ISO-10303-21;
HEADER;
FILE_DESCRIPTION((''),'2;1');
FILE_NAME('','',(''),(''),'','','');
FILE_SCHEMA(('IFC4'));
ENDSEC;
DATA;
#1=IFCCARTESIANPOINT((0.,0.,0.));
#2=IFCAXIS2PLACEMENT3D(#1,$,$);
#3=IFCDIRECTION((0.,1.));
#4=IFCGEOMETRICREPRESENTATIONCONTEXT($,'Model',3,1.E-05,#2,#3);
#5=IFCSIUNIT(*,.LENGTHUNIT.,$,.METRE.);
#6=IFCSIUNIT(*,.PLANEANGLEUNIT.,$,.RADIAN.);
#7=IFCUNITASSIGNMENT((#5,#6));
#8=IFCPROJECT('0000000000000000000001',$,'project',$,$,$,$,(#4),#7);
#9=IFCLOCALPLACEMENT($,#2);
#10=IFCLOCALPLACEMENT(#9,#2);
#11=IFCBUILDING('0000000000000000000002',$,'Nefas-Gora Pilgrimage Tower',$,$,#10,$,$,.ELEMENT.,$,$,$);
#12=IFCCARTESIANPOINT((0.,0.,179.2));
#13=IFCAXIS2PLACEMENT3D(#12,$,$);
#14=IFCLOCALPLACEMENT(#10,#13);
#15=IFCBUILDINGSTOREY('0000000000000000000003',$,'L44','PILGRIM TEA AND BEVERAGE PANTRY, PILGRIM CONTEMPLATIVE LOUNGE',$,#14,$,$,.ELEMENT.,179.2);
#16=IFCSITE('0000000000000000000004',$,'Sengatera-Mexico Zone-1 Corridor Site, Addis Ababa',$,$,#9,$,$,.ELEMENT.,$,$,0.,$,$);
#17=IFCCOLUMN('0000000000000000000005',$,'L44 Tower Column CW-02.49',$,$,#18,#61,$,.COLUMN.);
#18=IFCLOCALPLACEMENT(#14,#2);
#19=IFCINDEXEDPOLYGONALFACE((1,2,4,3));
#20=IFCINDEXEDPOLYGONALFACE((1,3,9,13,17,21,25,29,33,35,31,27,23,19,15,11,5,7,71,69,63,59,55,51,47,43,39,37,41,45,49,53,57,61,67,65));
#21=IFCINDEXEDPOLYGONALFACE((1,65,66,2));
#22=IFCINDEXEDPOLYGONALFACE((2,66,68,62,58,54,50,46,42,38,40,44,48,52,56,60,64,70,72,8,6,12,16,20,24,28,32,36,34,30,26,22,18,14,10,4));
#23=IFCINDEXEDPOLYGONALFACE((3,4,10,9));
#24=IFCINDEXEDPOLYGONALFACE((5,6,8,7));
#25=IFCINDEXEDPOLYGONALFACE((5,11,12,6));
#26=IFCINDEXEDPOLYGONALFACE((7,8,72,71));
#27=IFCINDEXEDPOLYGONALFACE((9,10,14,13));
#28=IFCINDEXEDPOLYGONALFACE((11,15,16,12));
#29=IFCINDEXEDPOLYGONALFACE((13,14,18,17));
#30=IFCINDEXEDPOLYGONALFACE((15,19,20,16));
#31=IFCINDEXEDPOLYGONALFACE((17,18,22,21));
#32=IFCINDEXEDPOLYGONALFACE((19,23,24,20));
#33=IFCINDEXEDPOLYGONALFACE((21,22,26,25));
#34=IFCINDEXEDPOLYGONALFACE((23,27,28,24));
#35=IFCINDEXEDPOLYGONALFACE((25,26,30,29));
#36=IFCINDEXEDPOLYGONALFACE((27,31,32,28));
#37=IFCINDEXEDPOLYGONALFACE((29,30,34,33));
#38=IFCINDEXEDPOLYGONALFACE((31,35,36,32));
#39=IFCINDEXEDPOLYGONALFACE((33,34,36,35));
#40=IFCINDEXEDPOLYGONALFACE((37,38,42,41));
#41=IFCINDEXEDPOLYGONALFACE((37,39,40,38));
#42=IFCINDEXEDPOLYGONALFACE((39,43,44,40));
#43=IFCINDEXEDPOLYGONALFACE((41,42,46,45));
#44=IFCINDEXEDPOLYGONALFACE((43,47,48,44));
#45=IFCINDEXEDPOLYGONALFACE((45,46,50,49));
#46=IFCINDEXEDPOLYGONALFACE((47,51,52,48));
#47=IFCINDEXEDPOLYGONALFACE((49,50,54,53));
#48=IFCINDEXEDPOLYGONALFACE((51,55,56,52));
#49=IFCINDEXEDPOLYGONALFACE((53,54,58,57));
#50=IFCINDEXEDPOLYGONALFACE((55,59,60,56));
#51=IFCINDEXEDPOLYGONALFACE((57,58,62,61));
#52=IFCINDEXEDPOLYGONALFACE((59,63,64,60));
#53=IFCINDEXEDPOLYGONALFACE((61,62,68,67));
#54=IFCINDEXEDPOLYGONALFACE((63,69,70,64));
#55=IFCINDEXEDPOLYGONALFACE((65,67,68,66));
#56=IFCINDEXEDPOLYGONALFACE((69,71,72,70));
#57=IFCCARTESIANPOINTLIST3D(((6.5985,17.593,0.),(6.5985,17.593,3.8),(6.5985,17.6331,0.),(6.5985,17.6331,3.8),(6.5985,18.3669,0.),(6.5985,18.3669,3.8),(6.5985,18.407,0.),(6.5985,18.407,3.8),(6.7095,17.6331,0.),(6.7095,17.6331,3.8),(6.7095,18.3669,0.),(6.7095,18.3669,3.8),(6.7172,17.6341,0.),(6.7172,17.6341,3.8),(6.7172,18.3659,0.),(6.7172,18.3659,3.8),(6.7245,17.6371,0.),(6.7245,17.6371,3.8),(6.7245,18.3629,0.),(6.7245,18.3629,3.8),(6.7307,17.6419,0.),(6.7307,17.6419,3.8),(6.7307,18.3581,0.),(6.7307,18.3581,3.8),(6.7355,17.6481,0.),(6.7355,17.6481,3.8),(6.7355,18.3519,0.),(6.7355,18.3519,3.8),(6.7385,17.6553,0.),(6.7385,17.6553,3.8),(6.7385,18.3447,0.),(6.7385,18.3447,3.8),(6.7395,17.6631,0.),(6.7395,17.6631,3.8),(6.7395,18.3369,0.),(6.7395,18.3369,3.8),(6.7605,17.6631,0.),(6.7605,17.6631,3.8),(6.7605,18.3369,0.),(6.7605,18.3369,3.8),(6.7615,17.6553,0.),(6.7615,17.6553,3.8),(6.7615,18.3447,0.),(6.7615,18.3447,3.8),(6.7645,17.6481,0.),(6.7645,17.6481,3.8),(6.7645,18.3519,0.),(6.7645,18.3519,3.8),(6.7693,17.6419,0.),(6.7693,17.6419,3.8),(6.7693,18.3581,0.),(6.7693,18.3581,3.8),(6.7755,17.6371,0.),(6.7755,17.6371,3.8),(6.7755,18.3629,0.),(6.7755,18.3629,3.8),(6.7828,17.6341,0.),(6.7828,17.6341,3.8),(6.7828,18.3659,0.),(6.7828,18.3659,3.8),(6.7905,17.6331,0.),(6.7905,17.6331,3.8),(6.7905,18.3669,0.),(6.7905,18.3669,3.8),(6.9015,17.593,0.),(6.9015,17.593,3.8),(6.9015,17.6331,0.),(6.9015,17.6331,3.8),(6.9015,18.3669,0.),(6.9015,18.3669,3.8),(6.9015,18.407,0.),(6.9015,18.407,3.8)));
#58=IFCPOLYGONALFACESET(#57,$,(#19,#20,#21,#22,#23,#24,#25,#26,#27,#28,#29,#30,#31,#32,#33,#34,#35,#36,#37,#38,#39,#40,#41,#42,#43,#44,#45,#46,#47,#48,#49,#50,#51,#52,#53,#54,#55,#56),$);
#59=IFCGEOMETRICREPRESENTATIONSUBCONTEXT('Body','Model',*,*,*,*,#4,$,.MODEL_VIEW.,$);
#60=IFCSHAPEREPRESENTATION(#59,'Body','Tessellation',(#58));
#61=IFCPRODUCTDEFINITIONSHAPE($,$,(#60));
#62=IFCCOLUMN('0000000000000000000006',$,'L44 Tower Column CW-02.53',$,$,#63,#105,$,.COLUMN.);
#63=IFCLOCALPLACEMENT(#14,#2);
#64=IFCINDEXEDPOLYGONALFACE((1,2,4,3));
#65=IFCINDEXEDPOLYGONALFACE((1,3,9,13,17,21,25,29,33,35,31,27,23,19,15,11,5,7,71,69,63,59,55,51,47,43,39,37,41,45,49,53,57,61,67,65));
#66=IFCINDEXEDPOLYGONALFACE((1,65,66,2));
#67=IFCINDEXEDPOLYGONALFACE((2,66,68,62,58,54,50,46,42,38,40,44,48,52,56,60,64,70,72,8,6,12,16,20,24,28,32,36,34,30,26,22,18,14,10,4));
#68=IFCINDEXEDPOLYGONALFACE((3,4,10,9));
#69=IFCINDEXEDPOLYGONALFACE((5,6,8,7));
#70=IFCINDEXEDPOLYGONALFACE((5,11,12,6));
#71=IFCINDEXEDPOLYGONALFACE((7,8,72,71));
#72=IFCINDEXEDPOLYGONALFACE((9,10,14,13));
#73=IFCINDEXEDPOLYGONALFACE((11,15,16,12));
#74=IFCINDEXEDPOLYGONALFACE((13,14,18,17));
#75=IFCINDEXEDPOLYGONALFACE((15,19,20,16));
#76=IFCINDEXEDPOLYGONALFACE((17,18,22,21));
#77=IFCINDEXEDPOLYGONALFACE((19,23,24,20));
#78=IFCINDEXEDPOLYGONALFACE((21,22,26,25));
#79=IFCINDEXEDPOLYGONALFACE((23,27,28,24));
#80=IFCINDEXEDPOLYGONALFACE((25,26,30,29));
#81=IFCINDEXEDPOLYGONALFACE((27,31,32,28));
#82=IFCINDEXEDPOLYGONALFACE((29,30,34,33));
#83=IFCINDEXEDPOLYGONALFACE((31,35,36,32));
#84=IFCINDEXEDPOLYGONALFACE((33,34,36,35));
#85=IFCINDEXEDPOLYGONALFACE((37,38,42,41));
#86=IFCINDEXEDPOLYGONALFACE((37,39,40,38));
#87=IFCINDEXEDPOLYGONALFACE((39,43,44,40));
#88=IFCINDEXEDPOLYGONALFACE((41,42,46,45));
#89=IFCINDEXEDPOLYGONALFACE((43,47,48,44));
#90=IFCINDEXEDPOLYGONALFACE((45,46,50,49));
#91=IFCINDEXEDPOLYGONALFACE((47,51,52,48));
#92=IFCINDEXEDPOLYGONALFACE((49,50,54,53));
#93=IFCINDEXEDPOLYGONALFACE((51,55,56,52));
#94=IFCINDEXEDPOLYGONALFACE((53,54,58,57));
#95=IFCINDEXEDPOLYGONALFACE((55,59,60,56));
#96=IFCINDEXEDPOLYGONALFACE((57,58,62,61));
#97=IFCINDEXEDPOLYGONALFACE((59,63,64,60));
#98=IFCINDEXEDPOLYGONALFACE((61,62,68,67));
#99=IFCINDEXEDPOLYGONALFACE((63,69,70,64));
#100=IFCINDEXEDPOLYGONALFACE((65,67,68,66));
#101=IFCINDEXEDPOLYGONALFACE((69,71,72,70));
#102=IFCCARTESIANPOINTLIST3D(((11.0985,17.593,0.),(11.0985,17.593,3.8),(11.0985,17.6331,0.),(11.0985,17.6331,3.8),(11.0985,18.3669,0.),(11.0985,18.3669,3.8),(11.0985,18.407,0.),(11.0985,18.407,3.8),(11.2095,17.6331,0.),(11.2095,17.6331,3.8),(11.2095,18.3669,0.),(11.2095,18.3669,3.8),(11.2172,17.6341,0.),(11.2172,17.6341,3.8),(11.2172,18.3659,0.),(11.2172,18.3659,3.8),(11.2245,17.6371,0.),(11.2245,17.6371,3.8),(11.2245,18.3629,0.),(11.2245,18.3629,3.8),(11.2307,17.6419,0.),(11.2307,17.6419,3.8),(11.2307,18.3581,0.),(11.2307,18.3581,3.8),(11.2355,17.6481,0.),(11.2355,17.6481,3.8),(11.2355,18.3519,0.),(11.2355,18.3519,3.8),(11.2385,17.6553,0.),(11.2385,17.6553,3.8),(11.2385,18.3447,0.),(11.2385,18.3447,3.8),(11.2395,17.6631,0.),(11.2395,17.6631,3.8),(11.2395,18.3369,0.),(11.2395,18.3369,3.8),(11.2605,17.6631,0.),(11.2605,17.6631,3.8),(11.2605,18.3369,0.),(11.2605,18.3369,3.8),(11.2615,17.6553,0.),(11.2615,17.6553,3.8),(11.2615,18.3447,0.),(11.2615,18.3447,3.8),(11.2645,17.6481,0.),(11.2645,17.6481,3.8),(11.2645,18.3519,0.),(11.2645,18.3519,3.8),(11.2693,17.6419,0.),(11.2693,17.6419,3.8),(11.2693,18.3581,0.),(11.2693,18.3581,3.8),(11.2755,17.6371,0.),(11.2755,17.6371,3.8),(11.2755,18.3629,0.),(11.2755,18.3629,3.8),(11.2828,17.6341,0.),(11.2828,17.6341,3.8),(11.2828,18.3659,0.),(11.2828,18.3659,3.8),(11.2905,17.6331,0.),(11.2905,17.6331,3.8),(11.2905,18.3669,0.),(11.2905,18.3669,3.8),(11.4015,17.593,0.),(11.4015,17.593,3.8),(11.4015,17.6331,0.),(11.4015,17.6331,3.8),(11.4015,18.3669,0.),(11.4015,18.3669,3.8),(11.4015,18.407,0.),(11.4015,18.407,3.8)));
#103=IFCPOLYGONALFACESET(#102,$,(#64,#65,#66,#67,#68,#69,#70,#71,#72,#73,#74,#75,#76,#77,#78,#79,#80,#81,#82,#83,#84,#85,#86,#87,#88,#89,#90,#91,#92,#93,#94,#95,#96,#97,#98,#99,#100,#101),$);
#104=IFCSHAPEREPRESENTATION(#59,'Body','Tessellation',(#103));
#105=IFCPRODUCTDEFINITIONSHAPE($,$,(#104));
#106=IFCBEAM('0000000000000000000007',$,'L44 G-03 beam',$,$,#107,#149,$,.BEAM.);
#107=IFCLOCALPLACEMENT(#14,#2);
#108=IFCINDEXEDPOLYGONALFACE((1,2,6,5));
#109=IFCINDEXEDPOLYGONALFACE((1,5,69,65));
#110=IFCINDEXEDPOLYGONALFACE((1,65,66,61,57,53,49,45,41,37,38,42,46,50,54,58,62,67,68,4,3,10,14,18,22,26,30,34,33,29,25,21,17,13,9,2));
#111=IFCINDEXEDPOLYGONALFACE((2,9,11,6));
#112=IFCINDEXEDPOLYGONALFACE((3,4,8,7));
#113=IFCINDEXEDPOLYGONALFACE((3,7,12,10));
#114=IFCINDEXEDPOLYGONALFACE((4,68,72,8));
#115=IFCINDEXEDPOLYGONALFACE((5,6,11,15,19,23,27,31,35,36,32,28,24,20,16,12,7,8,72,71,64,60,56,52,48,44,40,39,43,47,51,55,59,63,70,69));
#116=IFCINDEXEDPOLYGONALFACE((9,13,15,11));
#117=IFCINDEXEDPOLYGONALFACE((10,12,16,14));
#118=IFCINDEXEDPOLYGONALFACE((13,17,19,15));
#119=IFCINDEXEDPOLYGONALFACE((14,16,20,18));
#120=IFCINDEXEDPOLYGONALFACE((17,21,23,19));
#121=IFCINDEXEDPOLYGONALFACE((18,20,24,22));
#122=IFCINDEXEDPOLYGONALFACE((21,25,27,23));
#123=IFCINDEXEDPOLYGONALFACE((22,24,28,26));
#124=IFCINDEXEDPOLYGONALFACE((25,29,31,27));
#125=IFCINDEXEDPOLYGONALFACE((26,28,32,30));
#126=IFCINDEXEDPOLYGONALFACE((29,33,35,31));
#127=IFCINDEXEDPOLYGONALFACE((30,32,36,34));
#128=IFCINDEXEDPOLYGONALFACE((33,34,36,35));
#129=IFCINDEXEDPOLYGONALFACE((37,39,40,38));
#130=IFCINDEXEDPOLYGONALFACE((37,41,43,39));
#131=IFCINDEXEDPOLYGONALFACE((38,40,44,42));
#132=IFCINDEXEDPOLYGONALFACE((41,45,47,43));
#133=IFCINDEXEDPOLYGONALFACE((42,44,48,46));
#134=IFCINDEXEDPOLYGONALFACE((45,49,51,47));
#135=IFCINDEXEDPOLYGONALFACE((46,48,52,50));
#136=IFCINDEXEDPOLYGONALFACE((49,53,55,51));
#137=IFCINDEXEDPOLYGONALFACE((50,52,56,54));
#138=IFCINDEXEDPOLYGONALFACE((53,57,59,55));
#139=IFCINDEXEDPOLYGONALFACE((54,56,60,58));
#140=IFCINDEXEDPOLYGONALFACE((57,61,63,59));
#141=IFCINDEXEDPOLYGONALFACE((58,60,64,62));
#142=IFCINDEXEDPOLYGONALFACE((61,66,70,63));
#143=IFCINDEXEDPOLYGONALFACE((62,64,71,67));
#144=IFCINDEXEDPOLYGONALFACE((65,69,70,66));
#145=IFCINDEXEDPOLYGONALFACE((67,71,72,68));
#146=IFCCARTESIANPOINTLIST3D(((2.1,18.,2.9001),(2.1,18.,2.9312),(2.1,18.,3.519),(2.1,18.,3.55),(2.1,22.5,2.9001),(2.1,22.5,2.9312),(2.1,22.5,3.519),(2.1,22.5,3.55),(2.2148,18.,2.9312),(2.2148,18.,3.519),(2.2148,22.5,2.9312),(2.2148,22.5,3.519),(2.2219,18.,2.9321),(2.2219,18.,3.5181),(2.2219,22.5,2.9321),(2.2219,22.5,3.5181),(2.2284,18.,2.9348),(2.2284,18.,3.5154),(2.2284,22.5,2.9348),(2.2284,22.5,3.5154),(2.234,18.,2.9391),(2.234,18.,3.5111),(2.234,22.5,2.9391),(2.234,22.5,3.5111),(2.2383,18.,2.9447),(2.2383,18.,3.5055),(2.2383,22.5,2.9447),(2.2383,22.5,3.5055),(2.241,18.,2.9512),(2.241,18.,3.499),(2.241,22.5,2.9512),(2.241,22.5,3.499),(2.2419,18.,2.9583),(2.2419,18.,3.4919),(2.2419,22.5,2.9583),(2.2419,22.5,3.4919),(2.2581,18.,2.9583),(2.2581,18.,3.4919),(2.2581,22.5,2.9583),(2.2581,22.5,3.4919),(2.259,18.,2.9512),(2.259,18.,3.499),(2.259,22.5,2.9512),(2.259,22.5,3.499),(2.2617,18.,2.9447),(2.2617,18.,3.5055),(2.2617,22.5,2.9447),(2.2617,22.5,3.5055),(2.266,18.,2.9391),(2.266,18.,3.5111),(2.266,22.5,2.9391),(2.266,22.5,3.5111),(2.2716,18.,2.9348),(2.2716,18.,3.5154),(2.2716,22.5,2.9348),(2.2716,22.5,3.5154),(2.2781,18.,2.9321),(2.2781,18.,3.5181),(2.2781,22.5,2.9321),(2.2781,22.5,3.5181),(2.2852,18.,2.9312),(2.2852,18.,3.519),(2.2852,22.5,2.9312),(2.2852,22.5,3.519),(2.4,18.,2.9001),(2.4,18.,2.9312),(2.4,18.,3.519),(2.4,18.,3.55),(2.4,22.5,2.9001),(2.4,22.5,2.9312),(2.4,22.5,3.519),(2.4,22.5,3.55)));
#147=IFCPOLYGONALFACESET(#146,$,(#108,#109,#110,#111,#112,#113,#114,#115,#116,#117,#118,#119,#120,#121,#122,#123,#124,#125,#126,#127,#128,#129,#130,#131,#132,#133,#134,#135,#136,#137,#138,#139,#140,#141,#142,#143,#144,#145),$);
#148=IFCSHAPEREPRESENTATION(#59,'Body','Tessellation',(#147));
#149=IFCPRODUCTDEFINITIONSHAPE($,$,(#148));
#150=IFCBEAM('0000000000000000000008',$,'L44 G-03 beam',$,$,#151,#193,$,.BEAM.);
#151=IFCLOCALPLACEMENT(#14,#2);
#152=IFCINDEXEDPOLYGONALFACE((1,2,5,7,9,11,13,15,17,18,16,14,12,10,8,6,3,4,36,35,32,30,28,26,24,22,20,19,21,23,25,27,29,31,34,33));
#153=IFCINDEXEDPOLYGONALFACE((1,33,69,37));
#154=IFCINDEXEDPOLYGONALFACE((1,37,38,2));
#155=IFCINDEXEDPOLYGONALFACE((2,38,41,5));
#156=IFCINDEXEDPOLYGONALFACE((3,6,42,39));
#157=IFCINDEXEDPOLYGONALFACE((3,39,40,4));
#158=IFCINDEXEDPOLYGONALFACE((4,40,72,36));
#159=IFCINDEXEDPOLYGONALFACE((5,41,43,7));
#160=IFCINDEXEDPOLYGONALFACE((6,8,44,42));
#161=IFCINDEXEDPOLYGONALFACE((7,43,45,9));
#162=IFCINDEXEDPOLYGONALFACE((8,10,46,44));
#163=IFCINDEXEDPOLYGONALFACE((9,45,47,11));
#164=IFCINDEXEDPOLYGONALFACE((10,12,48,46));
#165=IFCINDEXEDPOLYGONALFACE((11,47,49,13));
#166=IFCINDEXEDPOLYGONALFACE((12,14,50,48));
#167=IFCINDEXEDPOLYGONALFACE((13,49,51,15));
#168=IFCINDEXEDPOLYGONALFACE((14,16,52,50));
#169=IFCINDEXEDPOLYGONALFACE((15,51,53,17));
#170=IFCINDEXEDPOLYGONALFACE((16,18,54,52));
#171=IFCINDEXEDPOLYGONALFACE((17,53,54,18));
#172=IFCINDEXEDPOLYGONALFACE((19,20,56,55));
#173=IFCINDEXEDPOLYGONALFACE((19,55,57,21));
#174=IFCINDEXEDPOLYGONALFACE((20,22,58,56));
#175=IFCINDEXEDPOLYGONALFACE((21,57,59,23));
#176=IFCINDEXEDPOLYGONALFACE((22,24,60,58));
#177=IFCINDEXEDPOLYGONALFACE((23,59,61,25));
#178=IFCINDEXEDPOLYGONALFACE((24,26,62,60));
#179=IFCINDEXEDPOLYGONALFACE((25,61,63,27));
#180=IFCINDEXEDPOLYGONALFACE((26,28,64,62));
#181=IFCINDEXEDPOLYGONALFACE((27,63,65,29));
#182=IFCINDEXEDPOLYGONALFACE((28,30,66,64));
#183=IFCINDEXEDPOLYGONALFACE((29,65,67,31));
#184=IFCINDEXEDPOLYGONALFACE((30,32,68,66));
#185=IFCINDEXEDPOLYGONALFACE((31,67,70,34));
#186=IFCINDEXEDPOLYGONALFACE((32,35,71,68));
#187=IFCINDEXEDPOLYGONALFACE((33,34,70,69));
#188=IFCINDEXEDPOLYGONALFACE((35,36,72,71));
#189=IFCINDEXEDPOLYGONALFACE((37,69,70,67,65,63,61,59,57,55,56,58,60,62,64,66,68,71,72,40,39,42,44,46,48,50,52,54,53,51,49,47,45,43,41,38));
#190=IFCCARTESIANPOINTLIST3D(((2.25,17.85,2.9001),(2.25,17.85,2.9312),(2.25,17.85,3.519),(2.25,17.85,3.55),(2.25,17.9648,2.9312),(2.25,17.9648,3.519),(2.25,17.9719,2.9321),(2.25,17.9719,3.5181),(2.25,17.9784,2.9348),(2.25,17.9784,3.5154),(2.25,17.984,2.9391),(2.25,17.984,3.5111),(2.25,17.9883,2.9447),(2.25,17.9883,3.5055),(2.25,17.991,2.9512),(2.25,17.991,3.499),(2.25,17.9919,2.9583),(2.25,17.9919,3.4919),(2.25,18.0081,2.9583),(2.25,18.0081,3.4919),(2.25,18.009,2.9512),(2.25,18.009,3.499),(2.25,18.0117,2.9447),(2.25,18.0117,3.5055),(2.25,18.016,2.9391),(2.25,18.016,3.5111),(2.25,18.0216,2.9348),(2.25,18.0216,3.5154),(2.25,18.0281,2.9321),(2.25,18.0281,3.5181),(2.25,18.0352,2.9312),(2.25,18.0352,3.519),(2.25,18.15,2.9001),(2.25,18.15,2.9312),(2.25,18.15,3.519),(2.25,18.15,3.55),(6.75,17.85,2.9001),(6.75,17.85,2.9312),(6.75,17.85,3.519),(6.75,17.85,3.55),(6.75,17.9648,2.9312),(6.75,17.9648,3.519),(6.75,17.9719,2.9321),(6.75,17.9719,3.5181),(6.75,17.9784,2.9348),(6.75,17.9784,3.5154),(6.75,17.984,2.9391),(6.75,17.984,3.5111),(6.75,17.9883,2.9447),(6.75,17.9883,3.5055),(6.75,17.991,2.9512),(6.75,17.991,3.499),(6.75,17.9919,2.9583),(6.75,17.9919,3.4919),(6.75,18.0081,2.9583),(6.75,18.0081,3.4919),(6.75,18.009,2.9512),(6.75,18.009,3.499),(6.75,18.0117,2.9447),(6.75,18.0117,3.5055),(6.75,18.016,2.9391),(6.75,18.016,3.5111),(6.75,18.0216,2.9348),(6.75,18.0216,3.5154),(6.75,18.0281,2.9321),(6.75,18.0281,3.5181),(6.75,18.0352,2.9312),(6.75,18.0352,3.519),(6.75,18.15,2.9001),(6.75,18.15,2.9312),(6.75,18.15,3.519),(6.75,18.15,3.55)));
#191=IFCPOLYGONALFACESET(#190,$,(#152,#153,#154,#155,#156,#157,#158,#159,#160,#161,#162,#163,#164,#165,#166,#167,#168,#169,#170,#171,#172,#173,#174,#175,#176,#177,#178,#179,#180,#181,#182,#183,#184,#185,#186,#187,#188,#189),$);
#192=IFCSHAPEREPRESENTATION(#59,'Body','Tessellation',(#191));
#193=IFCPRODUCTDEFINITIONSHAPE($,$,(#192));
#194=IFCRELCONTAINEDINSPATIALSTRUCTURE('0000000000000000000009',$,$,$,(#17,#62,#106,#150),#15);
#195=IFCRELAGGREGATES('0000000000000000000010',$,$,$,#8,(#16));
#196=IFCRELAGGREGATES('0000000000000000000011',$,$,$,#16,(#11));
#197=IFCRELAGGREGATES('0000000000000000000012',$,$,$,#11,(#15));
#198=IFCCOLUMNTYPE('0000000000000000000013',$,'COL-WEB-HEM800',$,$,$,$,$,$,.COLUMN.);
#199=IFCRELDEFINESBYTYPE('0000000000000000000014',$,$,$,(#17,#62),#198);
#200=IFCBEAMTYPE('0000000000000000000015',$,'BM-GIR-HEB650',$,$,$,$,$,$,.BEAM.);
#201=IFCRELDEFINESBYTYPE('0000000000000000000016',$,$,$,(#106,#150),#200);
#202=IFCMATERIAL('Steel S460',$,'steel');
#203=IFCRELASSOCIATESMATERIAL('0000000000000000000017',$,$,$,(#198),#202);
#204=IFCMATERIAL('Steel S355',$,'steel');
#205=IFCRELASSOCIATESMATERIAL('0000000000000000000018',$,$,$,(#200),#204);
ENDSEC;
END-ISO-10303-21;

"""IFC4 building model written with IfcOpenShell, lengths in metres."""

from ifc_helpers import new_model, si_unit, direction, frame, origin, origin_2d, place, context, subcontext, project, spatial, i_section, extrude, source, transform, mapped, material, material_profile, profile_set, type_object, element, save


model = new_model("IFC4")

# Units and contexts
model_context = context("Model", 3, precision=1e-05, world=origin(), true_north=direction((0.0, 1.0)))
body_context = subcontext(model_context, "Body", "Model", "MODEL_VIEW")
ifc_project = project(units=[si_unit("LENGTHUNIT", "METRE"), si_unit("PLANEANGLEUNIT", "RADIAN")], contexts=[model_context])

# Site, building, storey
site_placement = place(None, origin())
site = spatial("IfcSite", under=ifc_project, at=site_placement, Name="Sengatera-Mexico Zone-1 Corridor Site, Addis Ababa", CompositionType="ELEMENT", RefElevation=0.0)
building_placement = place(site_placement, origin())
building = spatial("IfcBuilding", under=site, at=building_placement, Name="Nefas-Gora Pilgrimage Tower", CompositionType="ELEMENT")
storey_placement = place(building_placement, frame((0.0, 0.0, 179.2)))
storey = spatial("IfcBuildingStorey", under=building, at=storey_placement, Name="L44", Description="PILGRIM TEA AND BEVERAGE PANTRY, PILGRIM CONTEMPLATIVE LOUNGE", CompositionType="ELEMENT", Elevation=179.2)

# Columns
ifc_material_1 = material(Name="Steel S460", Category="steel")
ifc_material_profile_1 = material_profile(ifc_material_1, i_section(OverallWidth=0.303, OverallDepth=0.814, WebThickness=0.021, FlangeThickness=0.04, FilletRadius=0.03, at=origin_2d()), Name="HEM 800")
ifc_profile_set_1 = profile_set([ifc_material_profile_1], Name="Steel S460")
column_type_1 = type_object("IfcColumnType", Name="COL-WEB-HEM800", PredefinedType="COLUMN", material=ifc_profile_set_1)
shared_shape_1 = source(origin(), body_context, "Body", "SweptSolid", [
    extrude(i_section(OverallWidth=0.303, OverallDepth=0.814, WebThickness=0.021, FlangeThickness=0.04, FilletRadius=0.03, at=origin_2d()), origin(), (0.0, 0.0, 1.0), 3.8),
])
for number, where, z_axis, x_axis, name in (
    (1, (6.75, 18.0, 0.0), (0.0, 0.0, 1.0), (1.0, 0.0, 0.0), "L44 Tower Column CW-02.49"),
    (2, (11.25, 18.0, 0.0), (0.0, 0.0, 1.0), (1.0, 0.0, 0.0), "L44 Tower Column CW-02.53"),
):
    element("IfcColumn", number, at=place(storey_placement, frame(where, z_axis=z_axis, x_axis=x_axis)), inside=storey, type_object=column_type_1, Name=name, PredefinedType="COLUMN", context=body_context, shape_type="MappedRepresentation", body=[
        mapped(shared_shape_1, transform((0.0, 0.0, 0.0), x_axis=(1.0, 0.0, 0.0), y_axis=(0.0, 1.0, 0.0), z_axis=(0.0, 0.0, 1.0), scale=1.0)),
    ])

# Beams
ifc_material_2 = material(Name="Steel S355", Category="steel")
ifc_material_profile_2 = material_profile(ifc_material_2, i_section(OverallWidth=0.3, OverallDepth=0.6499, WebThickness=0.0161, FlangeThickness=0.031, FilletRadius=0.0271, at=origin_2d()), Name="HEB 650")
ifc_profile_set_2 = profile_set([ifc_material_profile_2], Name="Steel S355")
beam_type = type_object("IfcBeamType", Name="BM-GIR-HEB650", PredefinedType="BEAM", material=ifc_profile_set_2)
shared_shape_2 = source(origin(), body_context, "Body", "SweptSolid", [
    extrude(i_section(OverallWidth=0.3, OverallDepth=0.6499, WebThickness=0.0161, FlangeThickness=0.031, FilletRadius=0.0271, at=origin_2d()), origin(), (0.0, 0.0, 1.0), 4.5),
])
for number, where, z_axis, x_axis, name in (
    (3, (2.25, 18.0, 3.2251), (0.0, 1.0, 0.0), (-1.0, 0.0, 0.0), "L44 G-03 beam"),
    (4, (2.25, 18.0, 3.2251), (1.0, 0.0, 0.0), (0.0, 1.0, 0.0), "L44 G-03 beam"),
):
    element("IfcBeam", number, at=place(storey_placement, frame(where, z_axis=z_axis, x_axis=x_axis)), inside=storey, type_object=beam_type, Name=name, PredefinedType="BEAM", context=body_context, shape_type="MappedRepresentation", body=[
        mapped(shared_shape_2, transform((0.0, 0.0, 0.0), x_axis=(1.0, 0.0, 0.0), y_axis=(0.0, 1.0, 0.0), z_axis=(0.0, 0.0, 1.0), scale=1.0)),
    ])

save(model, "model.ifc")
